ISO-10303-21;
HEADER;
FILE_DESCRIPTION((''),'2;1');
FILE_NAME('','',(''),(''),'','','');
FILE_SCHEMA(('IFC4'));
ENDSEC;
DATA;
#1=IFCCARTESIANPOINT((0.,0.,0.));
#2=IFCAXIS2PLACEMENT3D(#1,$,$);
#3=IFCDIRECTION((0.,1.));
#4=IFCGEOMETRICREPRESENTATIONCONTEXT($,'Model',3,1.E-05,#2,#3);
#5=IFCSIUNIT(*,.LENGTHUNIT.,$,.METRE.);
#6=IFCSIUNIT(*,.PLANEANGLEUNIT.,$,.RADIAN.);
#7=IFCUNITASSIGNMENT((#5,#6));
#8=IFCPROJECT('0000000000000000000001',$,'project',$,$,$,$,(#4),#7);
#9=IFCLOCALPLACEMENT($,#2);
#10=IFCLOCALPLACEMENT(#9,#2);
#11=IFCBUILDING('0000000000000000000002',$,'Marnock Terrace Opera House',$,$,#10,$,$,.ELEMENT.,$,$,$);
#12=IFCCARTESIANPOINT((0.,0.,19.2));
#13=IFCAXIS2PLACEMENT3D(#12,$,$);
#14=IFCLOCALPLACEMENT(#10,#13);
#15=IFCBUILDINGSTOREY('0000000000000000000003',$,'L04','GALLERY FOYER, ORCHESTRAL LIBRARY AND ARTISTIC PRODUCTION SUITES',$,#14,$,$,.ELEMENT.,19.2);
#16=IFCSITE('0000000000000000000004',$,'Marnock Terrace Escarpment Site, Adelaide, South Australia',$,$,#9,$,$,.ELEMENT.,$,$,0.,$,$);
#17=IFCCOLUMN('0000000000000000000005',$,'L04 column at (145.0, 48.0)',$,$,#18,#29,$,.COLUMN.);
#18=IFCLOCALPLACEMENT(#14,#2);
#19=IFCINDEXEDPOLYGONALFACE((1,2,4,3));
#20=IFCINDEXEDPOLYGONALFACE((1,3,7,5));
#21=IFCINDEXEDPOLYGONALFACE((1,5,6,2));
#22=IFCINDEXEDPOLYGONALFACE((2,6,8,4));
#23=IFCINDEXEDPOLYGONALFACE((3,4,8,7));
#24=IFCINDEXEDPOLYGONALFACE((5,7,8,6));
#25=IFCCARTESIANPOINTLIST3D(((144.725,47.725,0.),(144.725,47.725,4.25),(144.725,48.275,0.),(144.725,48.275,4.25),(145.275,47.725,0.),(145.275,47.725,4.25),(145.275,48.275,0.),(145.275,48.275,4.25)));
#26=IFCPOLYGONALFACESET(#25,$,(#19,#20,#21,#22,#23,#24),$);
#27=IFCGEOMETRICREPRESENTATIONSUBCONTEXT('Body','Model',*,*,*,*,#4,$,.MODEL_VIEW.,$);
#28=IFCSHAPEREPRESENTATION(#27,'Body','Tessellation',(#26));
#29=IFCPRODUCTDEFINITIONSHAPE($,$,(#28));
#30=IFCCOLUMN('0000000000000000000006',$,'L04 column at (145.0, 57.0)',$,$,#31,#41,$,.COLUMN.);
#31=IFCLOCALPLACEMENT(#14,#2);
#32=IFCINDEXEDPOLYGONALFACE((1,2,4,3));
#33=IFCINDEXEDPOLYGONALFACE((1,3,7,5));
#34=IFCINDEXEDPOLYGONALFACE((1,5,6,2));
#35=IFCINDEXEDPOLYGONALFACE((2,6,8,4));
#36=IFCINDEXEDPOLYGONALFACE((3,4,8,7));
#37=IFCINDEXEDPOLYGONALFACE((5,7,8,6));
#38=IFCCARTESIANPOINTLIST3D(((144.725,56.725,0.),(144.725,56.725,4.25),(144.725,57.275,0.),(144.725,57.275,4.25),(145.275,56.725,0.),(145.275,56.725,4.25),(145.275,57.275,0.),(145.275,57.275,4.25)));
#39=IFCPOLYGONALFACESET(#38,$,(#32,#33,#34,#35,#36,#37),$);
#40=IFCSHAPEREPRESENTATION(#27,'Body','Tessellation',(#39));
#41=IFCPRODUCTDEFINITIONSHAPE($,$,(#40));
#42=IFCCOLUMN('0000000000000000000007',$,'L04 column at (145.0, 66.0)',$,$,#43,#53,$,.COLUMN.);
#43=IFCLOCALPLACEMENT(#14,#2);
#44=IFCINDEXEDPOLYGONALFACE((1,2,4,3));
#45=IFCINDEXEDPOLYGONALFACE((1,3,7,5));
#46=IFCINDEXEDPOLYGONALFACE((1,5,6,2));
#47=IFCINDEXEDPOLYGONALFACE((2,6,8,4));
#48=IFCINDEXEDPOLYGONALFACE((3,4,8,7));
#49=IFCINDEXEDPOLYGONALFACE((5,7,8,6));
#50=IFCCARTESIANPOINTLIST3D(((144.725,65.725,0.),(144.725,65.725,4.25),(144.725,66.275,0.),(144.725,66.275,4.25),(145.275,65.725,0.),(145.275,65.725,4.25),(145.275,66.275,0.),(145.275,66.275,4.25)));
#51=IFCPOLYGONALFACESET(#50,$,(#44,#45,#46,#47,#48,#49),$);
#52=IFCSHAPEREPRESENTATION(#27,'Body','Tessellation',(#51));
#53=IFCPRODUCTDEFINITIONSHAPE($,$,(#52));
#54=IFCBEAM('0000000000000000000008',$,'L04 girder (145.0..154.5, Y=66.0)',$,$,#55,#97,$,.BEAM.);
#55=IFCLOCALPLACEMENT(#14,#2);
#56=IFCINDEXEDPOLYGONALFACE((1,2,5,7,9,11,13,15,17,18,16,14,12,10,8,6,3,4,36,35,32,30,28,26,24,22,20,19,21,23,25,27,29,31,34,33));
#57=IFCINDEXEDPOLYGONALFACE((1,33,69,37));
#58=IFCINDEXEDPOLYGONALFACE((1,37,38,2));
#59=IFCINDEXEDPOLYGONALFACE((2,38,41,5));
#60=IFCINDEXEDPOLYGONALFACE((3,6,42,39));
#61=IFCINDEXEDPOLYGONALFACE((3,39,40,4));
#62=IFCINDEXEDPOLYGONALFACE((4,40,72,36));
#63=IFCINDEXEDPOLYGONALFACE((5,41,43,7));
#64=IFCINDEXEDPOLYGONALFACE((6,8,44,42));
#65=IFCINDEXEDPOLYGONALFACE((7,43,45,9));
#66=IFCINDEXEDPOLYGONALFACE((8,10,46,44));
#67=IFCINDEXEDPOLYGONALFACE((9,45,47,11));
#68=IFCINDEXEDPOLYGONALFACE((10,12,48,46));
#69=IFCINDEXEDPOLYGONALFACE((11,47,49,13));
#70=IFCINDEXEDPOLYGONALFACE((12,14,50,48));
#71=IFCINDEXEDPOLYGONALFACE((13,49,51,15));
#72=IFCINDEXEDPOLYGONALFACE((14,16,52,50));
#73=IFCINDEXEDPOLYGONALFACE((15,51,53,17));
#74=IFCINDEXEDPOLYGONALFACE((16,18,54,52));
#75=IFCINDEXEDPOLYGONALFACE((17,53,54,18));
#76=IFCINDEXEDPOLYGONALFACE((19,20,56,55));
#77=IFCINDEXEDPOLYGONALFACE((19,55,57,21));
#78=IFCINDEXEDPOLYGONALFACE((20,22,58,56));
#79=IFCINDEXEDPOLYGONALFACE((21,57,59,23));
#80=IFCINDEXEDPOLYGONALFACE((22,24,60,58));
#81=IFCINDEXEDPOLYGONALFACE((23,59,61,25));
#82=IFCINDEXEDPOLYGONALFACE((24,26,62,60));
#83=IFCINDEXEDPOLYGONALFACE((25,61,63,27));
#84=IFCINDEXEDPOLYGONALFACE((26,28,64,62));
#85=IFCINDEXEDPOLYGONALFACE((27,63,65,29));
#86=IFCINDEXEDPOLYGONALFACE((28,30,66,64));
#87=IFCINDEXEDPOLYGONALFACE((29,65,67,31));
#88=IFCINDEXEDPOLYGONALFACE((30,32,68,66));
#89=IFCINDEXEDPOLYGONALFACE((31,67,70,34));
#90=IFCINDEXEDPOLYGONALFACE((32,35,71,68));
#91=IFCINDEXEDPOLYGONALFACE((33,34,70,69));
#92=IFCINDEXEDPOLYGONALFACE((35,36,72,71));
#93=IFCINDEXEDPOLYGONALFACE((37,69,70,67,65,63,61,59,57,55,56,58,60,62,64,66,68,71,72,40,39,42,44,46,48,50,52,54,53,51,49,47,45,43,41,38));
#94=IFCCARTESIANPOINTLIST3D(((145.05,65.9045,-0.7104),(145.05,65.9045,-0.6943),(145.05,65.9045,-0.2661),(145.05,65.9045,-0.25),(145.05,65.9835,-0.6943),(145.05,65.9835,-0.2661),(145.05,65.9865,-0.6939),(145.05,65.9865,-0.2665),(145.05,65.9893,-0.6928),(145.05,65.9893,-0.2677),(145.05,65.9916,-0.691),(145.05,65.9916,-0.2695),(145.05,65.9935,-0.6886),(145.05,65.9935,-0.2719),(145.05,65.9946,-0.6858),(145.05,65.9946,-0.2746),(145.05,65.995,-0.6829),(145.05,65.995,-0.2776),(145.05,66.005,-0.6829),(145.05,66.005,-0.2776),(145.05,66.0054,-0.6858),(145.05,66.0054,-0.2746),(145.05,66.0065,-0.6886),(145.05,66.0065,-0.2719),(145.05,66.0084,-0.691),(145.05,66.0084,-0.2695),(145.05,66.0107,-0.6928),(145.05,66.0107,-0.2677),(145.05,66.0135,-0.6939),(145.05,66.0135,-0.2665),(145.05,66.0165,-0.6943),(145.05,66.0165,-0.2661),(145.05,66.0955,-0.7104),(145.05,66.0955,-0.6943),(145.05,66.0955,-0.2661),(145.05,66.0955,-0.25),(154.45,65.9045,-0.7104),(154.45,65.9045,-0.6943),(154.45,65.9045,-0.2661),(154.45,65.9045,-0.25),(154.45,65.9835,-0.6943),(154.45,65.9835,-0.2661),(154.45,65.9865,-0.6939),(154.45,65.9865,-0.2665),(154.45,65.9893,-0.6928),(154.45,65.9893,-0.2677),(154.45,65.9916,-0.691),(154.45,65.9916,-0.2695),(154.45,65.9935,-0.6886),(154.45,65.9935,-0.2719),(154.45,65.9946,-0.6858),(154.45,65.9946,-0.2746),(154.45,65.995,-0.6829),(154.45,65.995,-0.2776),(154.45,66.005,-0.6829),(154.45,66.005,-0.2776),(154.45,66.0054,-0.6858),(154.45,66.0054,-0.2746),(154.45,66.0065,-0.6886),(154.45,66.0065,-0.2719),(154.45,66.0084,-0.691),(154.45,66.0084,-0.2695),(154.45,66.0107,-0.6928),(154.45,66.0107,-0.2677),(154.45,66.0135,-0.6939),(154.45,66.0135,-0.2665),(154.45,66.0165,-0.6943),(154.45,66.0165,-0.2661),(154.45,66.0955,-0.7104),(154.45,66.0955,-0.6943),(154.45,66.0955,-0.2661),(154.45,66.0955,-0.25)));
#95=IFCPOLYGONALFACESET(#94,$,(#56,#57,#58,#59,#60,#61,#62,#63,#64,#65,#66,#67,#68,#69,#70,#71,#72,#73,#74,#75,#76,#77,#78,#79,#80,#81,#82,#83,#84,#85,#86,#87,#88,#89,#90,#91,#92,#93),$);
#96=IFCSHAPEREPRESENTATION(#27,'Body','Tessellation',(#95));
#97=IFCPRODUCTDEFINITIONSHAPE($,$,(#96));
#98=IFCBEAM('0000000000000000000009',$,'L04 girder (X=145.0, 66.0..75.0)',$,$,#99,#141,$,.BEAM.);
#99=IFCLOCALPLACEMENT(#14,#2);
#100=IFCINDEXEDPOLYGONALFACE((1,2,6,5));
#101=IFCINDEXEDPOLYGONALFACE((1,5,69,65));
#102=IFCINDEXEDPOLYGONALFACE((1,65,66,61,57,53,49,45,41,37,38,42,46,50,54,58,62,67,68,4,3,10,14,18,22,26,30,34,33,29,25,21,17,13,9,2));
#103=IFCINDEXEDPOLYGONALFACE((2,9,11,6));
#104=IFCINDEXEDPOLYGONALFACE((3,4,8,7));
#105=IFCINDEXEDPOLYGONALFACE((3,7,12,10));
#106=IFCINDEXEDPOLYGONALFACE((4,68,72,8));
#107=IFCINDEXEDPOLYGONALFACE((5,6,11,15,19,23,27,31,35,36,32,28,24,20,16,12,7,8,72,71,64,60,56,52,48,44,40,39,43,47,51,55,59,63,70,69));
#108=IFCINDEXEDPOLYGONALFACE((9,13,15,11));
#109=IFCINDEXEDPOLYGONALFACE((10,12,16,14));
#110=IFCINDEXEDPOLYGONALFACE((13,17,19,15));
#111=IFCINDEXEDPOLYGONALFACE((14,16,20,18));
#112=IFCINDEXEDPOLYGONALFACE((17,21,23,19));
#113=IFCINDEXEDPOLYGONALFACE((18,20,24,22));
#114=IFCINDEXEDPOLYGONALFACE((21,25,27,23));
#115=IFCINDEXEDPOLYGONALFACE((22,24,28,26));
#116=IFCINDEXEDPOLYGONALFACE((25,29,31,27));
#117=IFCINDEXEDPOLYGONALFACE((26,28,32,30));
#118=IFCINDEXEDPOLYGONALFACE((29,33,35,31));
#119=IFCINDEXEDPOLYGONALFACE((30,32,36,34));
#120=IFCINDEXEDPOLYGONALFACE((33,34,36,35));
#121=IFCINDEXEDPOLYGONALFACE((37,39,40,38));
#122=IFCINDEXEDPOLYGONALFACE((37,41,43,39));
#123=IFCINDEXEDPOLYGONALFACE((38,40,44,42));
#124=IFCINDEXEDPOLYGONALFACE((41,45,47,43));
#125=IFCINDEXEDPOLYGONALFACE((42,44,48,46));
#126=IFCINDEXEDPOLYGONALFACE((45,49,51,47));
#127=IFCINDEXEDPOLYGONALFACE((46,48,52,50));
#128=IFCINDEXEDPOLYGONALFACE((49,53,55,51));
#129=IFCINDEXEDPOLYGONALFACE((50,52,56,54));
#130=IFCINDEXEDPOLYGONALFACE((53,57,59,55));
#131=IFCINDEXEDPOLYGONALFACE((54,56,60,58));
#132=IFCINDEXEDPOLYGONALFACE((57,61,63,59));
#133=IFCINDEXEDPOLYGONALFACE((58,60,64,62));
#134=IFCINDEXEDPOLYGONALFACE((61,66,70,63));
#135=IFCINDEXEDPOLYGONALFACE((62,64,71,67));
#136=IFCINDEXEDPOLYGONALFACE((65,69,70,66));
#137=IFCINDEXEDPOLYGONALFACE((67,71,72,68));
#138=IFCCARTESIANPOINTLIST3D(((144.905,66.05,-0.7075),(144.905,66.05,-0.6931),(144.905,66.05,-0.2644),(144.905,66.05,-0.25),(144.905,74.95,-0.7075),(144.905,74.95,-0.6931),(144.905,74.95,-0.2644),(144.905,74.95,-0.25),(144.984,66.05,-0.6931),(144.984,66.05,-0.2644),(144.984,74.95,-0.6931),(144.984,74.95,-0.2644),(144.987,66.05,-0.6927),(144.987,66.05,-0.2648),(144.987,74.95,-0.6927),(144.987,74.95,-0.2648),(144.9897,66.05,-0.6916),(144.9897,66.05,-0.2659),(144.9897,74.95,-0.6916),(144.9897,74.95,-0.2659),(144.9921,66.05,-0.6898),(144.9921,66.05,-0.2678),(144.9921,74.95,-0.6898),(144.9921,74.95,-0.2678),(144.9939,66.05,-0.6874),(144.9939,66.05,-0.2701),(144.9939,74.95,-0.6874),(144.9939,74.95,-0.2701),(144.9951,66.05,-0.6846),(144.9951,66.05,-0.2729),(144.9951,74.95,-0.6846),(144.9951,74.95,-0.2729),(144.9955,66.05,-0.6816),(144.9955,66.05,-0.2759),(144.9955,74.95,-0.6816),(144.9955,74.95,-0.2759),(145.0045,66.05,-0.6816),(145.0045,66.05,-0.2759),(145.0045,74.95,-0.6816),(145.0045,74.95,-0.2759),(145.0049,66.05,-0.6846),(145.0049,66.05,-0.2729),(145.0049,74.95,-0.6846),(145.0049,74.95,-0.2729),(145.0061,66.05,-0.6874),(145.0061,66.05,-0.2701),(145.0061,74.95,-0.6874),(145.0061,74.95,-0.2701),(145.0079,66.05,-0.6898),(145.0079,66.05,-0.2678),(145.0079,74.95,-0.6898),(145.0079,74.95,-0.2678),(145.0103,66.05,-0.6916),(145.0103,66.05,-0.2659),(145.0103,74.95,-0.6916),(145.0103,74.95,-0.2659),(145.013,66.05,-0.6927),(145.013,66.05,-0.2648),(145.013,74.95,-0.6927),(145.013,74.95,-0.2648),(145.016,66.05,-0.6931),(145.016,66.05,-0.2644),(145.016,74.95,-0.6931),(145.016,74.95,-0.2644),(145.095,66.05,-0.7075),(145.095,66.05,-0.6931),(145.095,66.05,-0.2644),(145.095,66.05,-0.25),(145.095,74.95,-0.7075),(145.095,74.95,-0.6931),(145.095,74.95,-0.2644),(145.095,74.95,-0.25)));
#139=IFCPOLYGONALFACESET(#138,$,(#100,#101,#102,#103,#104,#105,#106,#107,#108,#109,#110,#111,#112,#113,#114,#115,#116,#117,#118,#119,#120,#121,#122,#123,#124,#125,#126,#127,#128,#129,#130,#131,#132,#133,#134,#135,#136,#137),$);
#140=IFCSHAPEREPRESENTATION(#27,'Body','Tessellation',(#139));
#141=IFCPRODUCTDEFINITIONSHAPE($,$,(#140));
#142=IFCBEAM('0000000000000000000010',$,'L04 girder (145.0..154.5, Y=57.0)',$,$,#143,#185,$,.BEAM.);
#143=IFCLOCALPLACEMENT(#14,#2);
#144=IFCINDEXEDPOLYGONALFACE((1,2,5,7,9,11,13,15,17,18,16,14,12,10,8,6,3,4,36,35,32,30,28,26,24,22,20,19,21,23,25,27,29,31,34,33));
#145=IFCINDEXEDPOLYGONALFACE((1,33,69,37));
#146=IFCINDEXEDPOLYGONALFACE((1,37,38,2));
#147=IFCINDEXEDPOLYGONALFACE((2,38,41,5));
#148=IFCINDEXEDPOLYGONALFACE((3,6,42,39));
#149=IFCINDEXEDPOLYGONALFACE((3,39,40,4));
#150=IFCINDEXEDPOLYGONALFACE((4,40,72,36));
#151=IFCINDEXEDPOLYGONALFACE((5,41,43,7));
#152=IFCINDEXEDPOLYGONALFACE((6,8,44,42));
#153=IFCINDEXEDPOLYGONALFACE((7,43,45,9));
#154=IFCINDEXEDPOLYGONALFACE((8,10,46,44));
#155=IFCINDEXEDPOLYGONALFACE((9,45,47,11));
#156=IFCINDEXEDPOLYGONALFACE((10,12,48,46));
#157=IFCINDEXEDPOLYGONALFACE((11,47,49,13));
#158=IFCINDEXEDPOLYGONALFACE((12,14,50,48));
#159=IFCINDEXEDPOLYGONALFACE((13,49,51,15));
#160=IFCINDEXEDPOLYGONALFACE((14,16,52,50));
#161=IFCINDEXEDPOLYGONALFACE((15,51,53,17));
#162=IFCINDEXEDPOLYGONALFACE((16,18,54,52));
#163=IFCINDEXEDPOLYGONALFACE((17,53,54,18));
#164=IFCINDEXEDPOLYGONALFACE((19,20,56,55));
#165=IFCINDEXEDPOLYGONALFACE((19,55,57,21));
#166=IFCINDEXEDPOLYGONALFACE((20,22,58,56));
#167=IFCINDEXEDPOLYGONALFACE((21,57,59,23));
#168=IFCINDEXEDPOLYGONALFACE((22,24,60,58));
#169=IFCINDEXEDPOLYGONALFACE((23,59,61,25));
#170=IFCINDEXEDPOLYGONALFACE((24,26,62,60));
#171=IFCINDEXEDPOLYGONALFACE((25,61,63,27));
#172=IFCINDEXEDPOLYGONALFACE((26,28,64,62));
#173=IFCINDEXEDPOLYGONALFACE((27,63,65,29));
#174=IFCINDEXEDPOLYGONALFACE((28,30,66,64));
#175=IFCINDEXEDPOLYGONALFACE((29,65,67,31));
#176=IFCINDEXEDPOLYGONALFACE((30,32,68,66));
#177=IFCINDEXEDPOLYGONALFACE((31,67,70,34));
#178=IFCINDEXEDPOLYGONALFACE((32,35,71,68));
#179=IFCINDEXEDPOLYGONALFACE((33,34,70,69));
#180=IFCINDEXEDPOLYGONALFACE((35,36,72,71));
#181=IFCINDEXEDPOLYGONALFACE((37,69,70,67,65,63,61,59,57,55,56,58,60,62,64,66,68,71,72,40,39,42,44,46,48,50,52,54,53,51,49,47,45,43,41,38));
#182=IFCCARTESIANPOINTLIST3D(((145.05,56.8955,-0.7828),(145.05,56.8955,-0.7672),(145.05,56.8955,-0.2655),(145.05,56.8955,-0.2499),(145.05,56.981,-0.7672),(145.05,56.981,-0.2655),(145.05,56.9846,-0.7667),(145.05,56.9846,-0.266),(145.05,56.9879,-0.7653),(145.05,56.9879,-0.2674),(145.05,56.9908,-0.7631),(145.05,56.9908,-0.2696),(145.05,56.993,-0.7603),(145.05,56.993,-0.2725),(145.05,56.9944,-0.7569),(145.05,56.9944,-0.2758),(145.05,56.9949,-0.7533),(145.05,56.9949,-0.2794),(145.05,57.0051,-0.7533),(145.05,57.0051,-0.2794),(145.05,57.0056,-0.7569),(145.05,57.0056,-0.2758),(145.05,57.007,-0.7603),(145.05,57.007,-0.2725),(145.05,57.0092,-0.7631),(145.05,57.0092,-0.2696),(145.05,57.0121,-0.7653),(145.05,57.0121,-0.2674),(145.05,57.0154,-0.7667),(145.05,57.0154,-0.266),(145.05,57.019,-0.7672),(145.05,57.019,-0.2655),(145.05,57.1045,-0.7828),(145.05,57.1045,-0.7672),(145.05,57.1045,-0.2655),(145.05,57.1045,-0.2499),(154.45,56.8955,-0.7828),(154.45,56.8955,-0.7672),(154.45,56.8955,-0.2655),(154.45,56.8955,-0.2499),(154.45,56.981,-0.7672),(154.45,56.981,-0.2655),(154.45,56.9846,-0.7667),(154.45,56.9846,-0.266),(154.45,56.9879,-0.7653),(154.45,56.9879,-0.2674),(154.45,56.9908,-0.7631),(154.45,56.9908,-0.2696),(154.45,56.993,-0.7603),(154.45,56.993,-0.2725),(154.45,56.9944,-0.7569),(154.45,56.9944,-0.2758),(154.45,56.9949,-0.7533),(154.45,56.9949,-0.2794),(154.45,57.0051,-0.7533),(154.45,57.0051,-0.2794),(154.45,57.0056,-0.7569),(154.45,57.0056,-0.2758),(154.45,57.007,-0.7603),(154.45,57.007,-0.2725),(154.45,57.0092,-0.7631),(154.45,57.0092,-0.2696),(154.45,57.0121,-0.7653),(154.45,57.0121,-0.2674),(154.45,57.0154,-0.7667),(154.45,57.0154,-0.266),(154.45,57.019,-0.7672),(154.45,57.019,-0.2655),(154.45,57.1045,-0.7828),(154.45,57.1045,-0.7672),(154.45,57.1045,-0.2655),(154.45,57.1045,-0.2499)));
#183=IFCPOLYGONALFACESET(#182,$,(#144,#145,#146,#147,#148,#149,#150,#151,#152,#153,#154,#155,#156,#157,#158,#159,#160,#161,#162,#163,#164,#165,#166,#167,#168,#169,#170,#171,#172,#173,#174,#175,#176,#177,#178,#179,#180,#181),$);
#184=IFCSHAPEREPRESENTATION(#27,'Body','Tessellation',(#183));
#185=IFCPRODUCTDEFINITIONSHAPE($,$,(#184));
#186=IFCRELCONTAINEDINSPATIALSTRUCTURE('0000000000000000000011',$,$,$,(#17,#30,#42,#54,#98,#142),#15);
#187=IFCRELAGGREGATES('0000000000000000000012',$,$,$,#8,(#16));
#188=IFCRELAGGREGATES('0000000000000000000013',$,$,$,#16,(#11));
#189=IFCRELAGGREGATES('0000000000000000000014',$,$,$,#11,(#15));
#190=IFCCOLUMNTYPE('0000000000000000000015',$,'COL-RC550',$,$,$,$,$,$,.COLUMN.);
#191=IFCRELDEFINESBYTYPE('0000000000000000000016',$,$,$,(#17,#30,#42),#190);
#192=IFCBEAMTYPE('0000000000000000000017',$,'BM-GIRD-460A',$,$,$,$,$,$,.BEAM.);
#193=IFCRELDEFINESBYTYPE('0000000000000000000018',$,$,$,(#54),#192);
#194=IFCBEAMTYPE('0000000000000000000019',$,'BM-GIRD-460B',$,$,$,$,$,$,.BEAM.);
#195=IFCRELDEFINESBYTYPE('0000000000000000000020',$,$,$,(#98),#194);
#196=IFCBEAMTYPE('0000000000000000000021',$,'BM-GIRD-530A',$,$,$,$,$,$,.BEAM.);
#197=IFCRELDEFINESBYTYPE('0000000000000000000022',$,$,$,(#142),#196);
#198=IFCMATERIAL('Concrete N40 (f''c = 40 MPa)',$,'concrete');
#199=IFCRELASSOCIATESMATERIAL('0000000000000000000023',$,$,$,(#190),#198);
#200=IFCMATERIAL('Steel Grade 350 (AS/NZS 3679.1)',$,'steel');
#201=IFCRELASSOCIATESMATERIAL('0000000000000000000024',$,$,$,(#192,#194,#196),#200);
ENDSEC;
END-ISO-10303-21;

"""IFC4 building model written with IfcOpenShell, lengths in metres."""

from ifc_helpers import new_model, si_unit, direction, frame, origin, origin_2d, place, context, subcontext, project, spatial, rectangle, i_section, extrude, material, material_profile, profile_set, type_object, element, save


model = new_model("IFC4")

# Units and contexts
model_context = context("Model", 3, precision=1e-05, world=origin(), true_north=direction((0.0, 1.0)))
body_context = subcontext(model_context, "Body", "Model", "MODEL_VIEW")
ifc_project = project(units=[si_unit("LENGTHUNIT", "METRE"), si_unit("PLANEANGLEUNIT", "RADIAN")], contexts=[model_context])

# Site, building, storey
site_placement = place(None, origin())
site = spatial("IfcSite", under=ifc_project, at=site_placement, Name="Marnock Terrace Escarpment Site, Adelaide, South Australia", CompositionType="ELEMENT", RefElevation=0.0)
building_placement = place(site_placement, origin())
building = spatial("IfcBuilding", under=site, at=building_placement, Name="Marnock Terrace Opera House", CompositionType="ELEMENT")
storey_placement = place(building_placement, frame((0.0, 0.0, 19.2)))
storey = spatial("IfcBuildingStorey", under=building, at=storey_placement, Name="L04", Description="GALLERY FOYER, ORCHESTRAL LIBRARY AND ARTISTIC PRODUCTION SUITES", CompositionType="ELEMENT", Elevation=19.2)

# Columns
ifc_material_1 = material(Name="Concrete N40 (f'c = 40 MPa)", Category="concrete")
ifc_material_profile_1 = material_profile(ifc_material_1, rectangle(XDim=0.55, YDim=0.55, at=origin_2d()))
ifc_profile_set_1 = profile_set([ifc_material_profile_1], Name="Concrete N40 (f'c = 40 MPa)")
column_type = type_object("IfcColumnType", Name="COL-RC550", PredefinedType="COLUMN", material=ifc_profile_set_1)
for number, where, z_axis, x_axis, name in (
    (1, (145.0, 48.0, 0.0), (0.0, 0.0, 1.0), (1.0, 0.0, 0.0), "L04 column at (145.0, 48.0)"),
    (2, (145.0, 57.0, 0.0), (0.0, 0.0, 1.0), (1.0, 0.0, 0.0), "L04 column at (145.0, 57.0)"),
    (3, (145.0, 66.0, 0.0), (0.0, 0.0, 1.0), (1.0, 0.0, 0.0), "L04 column at (145.0, 66.0)"),
):
    element("IfcColumn", number, at=place(storey_placement, frame(where, z_axis=z_axis, x_axis=x_axis)), inside=storey, type_object=column_type, Name=name, PredefinedType="COLUMN", context=body_context, shape_type="SweptSolid", body=[
        extrude(rectangle(XDim=0.55, YDim=0.55, at=origin_2d()), origin(), (0.0, 0.0, 1.0), 4.25),
    ])

# Beams
ifc_material_2 = material(Name="Steel Grade 350 (AS/NZS 3679.1)", Category="steel")
ifc_material_profile_2 = material_profile(ifc_material_2, i_section(OverallWidth=0.1909, OverallDepth=0.4604, WebThickness=0.01, FlangeThickness=0.0161, FilletRadius=0.0115, at=origin_2d()))
ifc_profile_set_2 = profile_set([ifc_material_profile_2], Name="Steel Grade 350 (AS/NZS 3679.1)")
beam_type_1 = type_object("IfcBeamType", Name="BM-GIRD-460A", PredefinedType="BEAM", material=ifc_profile_set_2)
beam_1_placement = place(storey_placement, frame((145.05, 66.0, -0.4802), z_axis=(1.0, 0.0, 0.0), x_axis=(0.0, 1.0, 0.0)))
element("IfcBeam", 4, at=beam_1_placement, inside=storey, type_object=beam_type_1, Name="L04 girder (145.0..154.5, Y=66.0)", PredefinedType="BEAM", context=body_context, shape_type="SweptSolid", body=[
    extrude(i_section(OverallWidth=0.1909, OverallDepth=0.4604, WebThickness=0.01, FlangeThickness=0.0161, FilletRadius=0.0115, at=origin_2d()), origin(), (0.0, 0.0, 1.0), 9.3999),
])
ifc_material_profile_3 = material_profile(ifc_material_2, i_section(OverallWidth=0.1899, OverallDepth=0.4575, WebThickness=0.009, FlangeThickness=0.0144, FilletRadius=0.0115, at=origin_2d()))
ifc_profile_set_3 = profile_set([ifc_material_profile_3], Name="Steel Grade 350 (AS/NZS 3679.1)")
beam_type_2 = type_object("IfcBeamType", Name="BM-GIRD-460B", PredefinedType="BEAM", material=ifc_profile_set_3)
beam_2_placement = place(storey_placement, frame((145.0, 66.05, -0.4788), z_axis=(0.0, 1.0, 0.0), x_axis=(-1.0, 0.0, 0.0)))
element("IfcBeam", 5, at=beam_2_placement, inside=storey, type_object=beam_type_2, Name="L04 girder (X=145.0, 66.0..75.0)", PredefinedType="BEAM", context=body_context, shape_type="SweptSolid", body=[
    extrude(i_section(OverallWidth=0.1899, OverallDepth=0.4575, WebThickness=0.009, FlangeThickness=0.0144, FilletRadius=0.0115, at=origin_2d()), origin(), (0.0, 0.0, 1.0), 8.8999),
])
ifc_material_profile_4 = material_profile(ifc_material_2, i_section(OverallWidth=0.209, OverallDepth=0.533, WebThickness=0.0103, FlangeThickness=0.0156, FilletRadius=0.0139, at=origin_2d()))
ifc_profile_set_4 = profile_set([ifc_material_profile_4], Name="Steel Grade 350 (AS/NZS 3679.1)")
beam_type_3 = type_object("IfcBeamType", Name="BM-GIRD-530A", PredefinedType="BEAM", material=ifc_profile_set_4)
beam_3_placement = place(storey_placement, frame((145.05, 57.0, -0.5164), z_axis=(1.0, 0.0, 0.0), x_axis=(0.0, 1.0, 0.0)))
element("IfcBeam", 6, at=beam_3_placement, inside=storey, type_object=beam_type_3, Name="L04 girder (145.0..154.5, Y=57.0)", PredefinedType="BEAM", context=body_context, shape_type="SweptSolid", body=[
    extrude(i_section(OverallWidth=0.209, OverallDepth=0.533, WebThickness=0.0103, FlangeThickness=0.0156, FilletRadius=0.0139, at=origin_2d()), origin(), (0.0, 0.0, 1.0), 9.3999),
])

save(model, "model.ifc")
